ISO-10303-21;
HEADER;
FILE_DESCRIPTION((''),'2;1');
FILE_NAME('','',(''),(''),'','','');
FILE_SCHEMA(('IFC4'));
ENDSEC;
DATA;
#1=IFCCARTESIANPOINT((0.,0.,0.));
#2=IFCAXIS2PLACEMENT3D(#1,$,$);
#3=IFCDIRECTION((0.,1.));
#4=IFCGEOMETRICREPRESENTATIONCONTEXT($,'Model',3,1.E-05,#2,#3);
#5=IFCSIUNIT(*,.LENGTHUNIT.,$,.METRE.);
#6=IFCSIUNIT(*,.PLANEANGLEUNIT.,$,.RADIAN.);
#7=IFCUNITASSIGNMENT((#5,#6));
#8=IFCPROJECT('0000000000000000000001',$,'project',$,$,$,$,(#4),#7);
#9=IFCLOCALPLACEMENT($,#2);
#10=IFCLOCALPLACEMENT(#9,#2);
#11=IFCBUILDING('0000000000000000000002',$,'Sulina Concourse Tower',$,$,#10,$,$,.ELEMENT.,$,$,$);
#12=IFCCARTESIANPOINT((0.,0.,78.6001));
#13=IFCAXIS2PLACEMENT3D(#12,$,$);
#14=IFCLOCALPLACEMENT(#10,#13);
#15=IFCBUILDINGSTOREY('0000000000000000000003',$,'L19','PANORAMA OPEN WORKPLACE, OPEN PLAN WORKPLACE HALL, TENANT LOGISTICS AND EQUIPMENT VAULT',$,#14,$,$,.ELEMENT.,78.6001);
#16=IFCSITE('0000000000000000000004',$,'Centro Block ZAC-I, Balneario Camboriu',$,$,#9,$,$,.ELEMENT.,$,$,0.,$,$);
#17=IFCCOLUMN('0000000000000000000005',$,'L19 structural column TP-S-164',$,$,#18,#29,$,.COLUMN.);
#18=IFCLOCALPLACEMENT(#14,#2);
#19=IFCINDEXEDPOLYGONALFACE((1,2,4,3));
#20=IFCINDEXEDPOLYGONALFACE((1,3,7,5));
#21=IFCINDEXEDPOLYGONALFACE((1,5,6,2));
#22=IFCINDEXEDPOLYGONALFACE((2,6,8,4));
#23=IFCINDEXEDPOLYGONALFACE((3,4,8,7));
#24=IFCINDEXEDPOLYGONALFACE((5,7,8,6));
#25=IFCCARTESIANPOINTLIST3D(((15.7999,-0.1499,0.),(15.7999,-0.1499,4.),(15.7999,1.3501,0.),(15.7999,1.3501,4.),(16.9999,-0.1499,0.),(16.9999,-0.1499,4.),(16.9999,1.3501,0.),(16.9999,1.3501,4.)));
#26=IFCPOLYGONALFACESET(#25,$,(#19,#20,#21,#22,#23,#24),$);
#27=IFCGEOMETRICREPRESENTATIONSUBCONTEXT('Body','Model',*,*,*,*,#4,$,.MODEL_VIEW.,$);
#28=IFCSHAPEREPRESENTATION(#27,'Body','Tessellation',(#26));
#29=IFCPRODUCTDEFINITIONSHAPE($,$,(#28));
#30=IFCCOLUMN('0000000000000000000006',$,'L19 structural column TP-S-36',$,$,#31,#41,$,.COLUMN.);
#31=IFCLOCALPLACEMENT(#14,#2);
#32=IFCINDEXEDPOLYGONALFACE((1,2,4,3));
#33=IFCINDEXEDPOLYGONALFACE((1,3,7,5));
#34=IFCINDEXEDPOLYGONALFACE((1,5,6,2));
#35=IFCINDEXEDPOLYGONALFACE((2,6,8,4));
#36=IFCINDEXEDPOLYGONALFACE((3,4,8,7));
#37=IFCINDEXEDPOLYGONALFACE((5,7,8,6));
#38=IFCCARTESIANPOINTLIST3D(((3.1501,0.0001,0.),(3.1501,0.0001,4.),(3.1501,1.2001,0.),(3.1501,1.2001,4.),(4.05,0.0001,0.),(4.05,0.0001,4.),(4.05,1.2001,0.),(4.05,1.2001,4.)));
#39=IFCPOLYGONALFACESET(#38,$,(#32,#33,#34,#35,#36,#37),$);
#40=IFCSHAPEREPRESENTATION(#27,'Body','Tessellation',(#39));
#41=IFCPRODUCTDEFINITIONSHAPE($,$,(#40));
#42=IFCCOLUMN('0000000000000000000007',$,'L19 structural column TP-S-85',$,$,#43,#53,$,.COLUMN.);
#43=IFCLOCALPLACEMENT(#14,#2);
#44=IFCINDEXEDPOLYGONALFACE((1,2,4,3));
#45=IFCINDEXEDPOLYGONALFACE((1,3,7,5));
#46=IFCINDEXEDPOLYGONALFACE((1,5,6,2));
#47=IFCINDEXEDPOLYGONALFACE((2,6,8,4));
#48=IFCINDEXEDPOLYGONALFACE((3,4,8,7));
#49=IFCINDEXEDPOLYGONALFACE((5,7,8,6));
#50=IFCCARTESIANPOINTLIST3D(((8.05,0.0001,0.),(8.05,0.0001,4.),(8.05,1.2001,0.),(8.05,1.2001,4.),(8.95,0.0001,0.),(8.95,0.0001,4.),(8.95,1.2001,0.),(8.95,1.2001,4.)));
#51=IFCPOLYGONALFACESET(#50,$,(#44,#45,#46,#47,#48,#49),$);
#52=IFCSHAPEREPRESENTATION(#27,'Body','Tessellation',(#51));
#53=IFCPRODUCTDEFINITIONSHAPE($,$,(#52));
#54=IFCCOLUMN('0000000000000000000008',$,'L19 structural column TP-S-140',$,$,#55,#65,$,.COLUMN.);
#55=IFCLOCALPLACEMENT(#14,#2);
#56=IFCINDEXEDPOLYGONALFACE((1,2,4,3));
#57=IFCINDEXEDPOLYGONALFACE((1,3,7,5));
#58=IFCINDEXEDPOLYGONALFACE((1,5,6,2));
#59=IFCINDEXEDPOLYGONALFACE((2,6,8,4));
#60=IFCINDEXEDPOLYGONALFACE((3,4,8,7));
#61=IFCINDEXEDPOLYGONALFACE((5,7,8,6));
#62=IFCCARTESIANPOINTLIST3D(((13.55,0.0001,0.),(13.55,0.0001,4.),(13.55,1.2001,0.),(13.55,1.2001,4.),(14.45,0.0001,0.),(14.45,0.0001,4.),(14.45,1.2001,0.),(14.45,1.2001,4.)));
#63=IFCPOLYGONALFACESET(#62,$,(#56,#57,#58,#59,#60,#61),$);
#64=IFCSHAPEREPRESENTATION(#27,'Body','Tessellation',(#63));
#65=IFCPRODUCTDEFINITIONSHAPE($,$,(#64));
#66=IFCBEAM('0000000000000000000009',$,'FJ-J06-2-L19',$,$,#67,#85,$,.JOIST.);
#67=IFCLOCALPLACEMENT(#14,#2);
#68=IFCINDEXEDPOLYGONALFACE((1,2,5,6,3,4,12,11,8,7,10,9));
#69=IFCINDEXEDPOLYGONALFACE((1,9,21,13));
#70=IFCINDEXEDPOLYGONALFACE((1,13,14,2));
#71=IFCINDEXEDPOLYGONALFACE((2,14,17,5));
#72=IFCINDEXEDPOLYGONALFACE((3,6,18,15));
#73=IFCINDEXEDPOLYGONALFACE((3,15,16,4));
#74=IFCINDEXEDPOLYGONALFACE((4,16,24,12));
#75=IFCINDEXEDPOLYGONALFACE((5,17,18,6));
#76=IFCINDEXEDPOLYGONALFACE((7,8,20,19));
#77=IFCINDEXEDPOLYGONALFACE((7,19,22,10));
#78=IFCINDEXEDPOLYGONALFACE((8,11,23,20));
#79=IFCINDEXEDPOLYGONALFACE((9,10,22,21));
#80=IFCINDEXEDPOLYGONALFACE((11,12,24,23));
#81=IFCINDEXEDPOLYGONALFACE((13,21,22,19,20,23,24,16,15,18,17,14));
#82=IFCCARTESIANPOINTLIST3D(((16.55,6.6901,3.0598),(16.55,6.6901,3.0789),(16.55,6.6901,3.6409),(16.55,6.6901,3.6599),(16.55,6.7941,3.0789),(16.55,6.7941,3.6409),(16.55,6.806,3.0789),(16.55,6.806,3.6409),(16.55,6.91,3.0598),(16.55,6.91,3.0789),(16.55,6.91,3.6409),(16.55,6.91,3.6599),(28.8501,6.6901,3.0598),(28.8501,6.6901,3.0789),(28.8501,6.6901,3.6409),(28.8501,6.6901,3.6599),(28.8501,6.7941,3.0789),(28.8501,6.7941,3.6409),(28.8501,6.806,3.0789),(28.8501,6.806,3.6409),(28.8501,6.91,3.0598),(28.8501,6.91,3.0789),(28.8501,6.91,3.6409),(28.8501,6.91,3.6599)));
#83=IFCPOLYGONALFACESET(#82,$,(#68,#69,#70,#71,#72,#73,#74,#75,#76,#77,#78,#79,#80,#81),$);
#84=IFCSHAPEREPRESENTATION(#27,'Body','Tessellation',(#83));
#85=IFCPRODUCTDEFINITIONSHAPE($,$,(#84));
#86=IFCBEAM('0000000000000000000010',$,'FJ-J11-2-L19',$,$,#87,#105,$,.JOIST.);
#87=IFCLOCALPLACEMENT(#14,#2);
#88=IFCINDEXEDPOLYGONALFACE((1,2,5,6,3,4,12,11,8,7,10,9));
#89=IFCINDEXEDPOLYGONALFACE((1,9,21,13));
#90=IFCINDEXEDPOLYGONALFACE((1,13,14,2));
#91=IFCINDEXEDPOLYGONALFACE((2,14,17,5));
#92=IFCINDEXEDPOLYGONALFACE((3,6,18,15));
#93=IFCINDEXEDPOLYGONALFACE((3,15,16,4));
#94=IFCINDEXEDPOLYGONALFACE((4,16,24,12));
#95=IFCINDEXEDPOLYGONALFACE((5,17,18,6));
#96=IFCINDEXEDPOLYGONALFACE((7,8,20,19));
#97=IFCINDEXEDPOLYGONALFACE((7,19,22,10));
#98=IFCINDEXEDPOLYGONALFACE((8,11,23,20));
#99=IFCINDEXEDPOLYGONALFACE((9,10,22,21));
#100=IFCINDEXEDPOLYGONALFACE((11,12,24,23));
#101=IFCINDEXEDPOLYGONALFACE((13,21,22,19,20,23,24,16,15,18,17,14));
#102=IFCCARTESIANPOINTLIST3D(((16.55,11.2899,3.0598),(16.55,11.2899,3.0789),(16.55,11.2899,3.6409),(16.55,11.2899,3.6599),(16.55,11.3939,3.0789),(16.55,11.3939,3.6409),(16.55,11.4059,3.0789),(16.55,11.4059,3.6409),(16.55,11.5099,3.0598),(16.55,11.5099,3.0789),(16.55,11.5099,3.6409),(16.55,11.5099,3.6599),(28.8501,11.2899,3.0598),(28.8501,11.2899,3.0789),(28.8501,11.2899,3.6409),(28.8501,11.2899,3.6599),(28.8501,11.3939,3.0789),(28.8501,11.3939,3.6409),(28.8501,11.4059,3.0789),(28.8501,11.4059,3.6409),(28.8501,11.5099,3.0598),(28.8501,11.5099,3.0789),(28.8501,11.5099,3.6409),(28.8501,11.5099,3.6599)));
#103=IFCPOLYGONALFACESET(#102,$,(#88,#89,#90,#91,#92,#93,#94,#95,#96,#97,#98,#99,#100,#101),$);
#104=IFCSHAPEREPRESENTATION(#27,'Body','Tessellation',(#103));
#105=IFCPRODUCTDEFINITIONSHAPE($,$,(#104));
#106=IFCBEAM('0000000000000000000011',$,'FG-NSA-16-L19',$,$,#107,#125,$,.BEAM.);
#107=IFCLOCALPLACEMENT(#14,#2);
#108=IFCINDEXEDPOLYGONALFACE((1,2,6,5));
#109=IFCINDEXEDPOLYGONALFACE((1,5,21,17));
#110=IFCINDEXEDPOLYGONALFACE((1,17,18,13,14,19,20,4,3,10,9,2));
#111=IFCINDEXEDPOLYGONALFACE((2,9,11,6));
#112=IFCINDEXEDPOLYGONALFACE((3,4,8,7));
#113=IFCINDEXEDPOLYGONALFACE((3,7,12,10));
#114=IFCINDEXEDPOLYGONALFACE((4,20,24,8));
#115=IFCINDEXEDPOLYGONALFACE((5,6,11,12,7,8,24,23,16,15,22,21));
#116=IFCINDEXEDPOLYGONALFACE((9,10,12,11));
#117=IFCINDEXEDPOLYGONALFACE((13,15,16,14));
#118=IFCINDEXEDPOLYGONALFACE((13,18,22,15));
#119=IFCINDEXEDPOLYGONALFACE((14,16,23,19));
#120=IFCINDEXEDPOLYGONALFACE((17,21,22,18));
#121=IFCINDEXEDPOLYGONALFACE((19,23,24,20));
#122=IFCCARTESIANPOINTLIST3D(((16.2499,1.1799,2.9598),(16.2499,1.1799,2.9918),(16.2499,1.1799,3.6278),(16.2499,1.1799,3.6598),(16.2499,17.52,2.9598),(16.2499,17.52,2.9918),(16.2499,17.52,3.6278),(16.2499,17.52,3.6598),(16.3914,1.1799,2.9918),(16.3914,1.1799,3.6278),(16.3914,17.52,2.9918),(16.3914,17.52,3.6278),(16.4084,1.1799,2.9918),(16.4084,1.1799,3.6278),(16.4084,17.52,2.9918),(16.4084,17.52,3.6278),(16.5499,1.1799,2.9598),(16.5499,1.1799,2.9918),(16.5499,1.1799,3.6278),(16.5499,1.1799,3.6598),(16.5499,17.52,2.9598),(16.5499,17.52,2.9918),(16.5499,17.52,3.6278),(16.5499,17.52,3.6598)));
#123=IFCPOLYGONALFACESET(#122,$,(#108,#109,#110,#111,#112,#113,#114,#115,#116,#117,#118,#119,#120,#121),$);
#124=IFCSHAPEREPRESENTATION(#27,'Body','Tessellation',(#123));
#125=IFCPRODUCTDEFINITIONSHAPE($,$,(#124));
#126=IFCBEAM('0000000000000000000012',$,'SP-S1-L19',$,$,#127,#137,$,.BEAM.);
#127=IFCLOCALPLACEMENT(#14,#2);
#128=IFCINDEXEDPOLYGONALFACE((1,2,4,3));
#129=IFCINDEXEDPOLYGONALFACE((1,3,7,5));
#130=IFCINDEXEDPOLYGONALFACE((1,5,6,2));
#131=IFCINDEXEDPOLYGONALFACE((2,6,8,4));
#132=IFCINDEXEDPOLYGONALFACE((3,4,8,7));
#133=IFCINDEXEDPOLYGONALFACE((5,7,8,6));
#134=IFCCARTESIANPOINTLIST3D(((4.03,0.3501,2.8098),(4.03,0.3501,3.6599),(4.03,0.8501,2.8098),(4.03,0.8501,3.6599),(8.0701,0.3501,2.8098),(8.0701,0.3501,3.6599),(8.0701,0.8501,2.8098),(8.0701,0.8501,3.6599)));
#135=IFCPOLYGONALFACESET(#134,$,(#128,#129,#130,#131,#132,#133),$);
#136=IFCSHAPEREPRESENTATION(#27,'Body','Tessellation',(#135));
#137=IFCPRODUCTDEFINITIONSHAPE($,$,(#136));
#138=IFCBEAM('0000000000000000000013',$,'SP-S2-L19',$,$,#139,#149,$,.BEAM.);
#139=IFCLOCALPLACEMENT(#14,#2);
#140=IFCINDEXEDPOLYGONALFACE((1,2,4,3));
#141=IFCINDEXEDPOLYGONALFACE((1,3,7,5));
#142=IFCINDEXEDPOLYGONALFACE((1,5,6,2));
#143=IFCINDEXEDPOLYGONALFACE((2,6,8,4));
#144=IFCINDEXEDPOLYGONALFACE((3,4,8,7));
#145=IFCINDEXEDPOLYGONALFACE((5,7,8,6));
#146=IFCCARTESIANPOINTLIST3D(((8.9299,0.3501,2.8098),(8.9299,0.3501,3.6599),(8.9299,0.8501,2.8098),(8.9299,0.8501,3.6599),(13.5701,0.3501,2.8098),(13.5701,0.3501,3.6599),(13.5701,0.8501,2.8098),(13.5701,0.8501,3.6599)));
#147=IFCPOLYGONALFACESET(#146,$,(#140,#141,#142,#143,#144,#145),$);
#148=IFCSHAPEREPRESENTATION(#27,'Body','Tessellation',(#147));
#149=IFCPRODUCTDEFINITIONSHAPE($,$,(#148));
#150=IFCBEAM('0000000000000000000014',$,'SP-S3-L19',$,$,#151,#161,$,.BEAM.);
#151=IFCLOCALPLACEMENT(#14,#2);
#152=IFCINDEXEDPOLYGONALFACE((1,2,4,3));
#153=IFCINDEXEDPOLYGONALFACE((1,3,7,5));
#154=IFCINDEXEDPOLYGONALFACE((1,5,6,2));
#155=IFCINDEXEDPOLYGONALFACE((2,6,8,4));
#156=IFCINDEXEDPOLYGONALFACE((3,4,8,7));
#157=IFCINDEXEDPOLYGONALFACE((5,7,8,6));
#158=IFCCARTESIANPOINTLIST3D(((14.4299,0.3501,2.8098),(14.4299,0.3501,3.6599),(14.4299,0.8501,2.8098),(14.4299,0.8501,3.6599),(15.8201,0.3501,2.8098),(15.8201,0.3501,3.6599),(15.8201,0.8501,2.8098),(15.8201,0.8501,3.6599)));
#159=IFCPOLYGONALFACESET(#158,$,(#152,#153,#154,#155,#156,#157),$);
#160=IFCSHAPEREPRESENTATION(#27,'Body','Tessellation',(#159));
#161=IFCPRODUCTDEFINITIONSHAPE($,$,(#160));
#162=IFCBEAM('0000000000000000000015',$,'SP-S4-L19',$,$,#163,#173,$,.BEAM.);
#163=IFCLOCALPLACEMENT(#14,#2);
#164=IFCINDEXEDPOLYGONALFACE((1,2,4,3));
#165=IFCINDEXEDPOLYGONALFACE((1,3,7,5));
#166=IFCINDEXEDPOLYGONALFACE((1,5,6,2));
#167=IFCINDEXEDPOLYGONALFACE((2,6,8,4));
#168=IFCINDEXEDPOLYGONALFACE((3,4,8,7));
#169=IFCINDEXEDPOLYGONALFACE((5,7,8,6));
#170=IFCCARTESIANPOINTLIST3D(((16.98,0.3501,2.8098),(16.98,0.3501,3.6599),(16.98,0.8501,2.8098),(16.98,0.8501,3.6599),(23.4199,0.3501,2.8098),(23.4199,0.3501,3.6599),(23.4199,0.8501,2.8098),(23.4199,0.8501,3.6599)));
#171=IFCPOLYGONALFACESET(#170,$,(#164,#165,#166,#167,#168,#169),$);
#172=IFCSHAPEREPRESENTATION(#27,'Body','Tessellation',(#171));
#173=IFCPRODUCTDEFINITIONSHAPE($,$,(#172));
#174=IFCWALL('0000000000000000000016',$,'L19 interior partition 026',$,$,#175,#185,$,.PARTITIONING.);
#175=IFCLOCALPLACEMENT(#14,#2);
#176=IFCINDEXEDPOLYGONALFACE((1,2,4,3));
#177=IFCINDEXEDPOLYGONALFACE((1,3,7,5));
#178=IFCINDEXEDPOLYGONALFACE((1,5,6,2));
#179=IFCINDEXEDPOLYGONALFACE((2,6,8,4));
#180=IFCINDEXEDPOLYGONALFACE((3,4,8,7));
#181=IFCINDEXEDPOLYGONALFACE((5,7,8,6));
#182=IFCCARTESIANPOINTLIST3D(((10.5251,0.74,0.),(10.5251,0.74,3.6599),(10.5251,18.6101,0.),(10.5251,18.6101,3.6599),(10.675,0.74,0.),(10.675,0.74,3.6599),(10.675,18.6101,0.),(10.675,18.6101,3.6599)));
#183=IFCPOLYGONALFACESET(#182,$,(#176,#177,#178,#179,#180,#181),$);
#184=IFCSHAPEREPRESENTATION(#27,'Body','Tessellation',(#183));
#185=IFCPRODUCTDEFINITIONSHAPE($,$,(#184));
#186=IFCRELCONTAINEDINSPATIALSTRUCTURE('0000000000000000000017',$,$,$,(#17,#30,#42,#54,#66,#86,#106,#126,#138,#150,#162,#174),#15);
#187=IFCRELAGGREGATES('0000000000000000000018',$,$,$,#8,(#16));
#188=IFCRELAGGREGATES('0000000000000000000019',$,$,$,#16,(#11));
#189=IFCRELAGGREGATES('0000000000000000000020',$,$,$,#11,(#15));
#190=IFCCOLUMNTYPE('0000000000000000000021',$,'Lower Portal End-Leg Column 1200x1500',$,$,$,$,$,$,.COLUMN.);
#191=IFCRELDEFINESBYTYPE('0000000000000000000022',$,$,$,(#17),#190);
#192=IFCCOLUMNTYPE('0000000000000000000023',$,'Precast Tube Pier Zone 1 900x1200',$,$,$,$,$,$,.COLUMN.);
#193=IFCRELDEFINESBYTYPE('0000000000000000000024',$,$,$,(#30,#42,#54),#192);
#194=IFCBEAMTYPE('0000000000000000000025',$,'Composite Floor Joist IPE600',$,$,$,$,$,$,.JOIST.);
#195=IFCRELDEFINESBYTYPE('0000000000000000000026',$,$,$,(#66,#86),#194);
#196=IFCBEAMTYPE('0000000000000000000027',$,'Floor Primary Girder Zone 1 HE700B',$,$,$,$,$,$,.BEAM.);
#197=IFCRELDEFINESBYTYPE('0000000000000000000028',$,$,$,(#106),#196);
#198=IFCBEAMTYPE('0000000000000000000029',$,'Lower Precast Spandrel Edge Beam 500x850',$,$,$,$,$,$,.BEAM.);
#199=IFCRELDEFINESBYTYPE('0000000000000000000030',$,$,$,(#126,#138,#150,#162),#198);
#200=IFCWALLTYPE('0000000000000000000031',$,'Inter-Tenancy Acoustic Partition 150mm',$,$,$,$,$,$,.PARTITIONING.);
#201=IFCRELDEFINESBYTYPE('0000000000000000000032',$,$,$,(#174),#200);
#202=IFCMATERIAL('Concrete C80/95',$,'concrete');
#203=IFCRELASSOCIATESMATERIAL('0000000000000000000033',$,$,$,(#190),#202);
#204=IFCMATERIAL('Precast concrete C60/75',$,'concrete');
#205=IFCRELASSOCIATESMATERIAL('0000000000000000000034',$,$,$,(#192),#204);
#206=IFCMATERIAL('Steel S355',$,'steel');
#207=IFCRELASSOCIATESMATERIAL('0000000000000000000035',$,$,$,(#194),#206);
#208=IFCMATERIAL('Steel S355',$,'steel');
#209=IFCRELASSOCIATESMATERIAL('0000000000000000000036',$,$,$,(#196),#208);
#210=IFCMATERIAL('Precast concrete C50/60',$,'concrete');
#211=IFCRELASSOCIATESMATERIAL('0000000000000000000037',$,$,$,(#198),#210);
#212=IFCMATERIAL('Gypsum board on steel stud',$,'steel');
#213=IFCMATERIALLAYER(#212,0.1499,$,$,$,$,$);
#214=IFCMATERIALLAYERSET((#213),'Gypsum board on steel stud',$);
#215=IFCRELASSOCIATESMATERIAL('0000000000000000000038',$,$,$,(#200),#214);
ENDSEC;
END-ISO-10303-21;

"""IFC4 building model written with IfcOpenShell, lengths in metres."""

from ifc_helpers import new_model, si_unit, direction, frame, frame_2d, origin, origin_2d, place, context, subcontext, project, spatial, rectangle, i_section, extrude, material, layer, layer_set, material_profile, profile_set, type_object, element, save


model = new_model("IFC4")

# Units and contexts
model_context = context("Model", 3, precision=1e-05, world=origin(), true_north=direction((0.0, 1.0)))
body_context = subcontext(model_context, "Body", "Model", "MODEL_VIEW")
ifc_project = project(units=[si_unit("LENGTHUNIT", "METRE"), si_unit("PLANEANGLEUNIT", "RADIAN")], contexts=[model_context])

# Site, building, storey
site_placement = place(None, origin())
site = spatial("IfcSite", under=ifc_project, at=site_placement, Name="Centro Block ZAC-I, Balneario Camboriu", CompositionType="ELEMENT", RefElevation=0.0)
building_placement = place(site_placement, origin())
building = spatial("IfcBuilding", under=site, at=building_placement, Name="Sulina Concourse Tower", CompositionType="ELEMENT")
storey_placement = place(building_placement, frame((0.0, 0.0, 78.6001)))
storey = spatial("IfcBuildingStorey", under=building, at=storey_placement, Name="L19", Description="PANORAMA OPEN WORKPLACE, OPEN PLAN WORKPLACE HALL, TENANT LOGISTICS AND EQUIPMENT VAULT", CompositionType="ELEMENT", Elevation=78.6001)

# Columns
ifc_material_1 = material(Name="Concrete C80/95", Category="concrete")
ifc_material_profile_1 = material_profile(ifc_material_1, rectangle(XDim=1.2, YDim=1.5, at=origin_2d()), Name="RC 1200x1500")
ifc_profile_set_1 = profile_set([ifc_material_profile_1], Name="Concrete C80/95")
column_type_1 = type_object("IfcColumnType", Name="Lower Portal End-Leg Column 1200x1500", PredefinedType="COLUMN", material=ifc_profile_set_1)
column_placement = place(storey_placement, frame((16.3999, 0.6001, 0.0), z_axis=(0.0, 0.0, 1.0), x_axis=(1.0, 0.0, 0.0)))
element("IfcColumn", 1, at=column_placement, inside=storey, type_object=column_type_1, Name="L19 structural column TP-S-164", PredefinedType="COLUMN", context=body_context, shape_type="SweptSolid", body=[
    extrude(rectangle(XDim=1.2, YDim=1.5, at=origin_2d()), origin(), (0.0, 0.0, 1.0), 4.0),
])
ifc_material_2 = material(Name="Precast concrete C60/75", Category="concrete")
ifc_material_profile_2 = material_profile(ifc_material_2, rectangle(XDim=0.8999, YDim=1.2, at=origin_2d()), Name="PC 900x1200")
ifc_profile_set_2 = profile_set([ifc_material_profile_2], Name="Precast concrete C60/75")
column_type_2 = type_object("IfcColumnType", Name="Precast Tube Pier Zone 1 900x1200", PredefinedType="COLUMN", material=ifc_profile_set_2)
for number, where, z_axis, x_axis, name in (
    (2, (3.6001, 0.6001, 0.0), (0.0, 0.0, 1.0), (1.0, 0.0, 0.0), "L19 structural column TP-S-36"),
    (3, (8.5, 0.6001, 0.0), (0.0, 0.0, 1.0), (1.0, 0.0, 0.0), "L19 structural column TP-S-85"),
    (4, (14.0, 0.6001, 0.0), (0.0, 0.0, 1.0), (1.0, 0.0, 0.0), "L19 structural column TP-S-140"),
):
    element("IfcColumn", number, at=place(storey_placement, frame(where, z_axis=z_axis, x_axis=x_axis)), inside=storey, type_object=column_type_2, Name=name, PredefinedType="COLUMN", context=body_context, shape_type="SweptSolid", body=[
        extrude(rectangle(XDim=0.8999, YDim=1.2, at=origin_2d()), origin(), (0.0, 0.0, 1.0), 4.0),
    ])

# Beams
ifc_material_3 = material(Name="Steel S355", Category="steel")
ifc_material_profile_3 = material_profile(ifc_material_3, i_section(OverallWidth=0.22, OverallDepth=0.6001, WebThickness=0.012, FlangeThickness=0.019, at=origin_2d()), Name="IPE 600")
ifc_profile_set_3 = profile_set([ifc_material_profile_3], Name="Steel S355")
beam_type_1 = type_object("IfcBeamType", Name="Composite Floor Joist IPE600", PredefinedType="JOIST", material=ifc_profile_set_3)
for number, where, z_axis, x_axis, name in (
    (5, (16.55, 6.8, 3.3599), (1.0, 0.0, 0.0), (0.0, 1.0, 0.0), "FJ-J06-2-L19"),
    (6, (16.55, 11.3999, 3.3599), (1.0, 0.0, 0.0), (0.0, 1.0, 0.0), "FJ-J11-2-L19"),
):
    element("IfcBeam", number, at=place(storey_placement, frame(where, z_axis=z_axis, x_axis=x_axis)), inside=storey, type_object=beam_type_1, Name=name, PredefinedType="JOIST", context=body_context, shape_type="SweptSolid", body=[
        extrude(i_section(OverallWidth=0.22, OverallDepth=0.6001, WebThickness=0.012, FlangeThickness=0.019, at=origin_2d()), origin(), (0.0, 0.0, 1.0), 12.3),
    ])
ifc_material_4 = material(Name="Steel S355", Category="steel")
ifc_material_profile_4 = material_profile(ifc_material_4, i_section(OverallWidth=0.3, OverallDepth=0.7, WebThickness=0.0171, FlangeThickness=0.032, at=origin_2d()), Name="HE 700 B")
ifc_profile_set_4 = profile_set([ifc_material_profile_4], Name="Steel S355")
beam_type_2 = type_object("IfcBeamType", Name="Floor Primary Girder Zone 1 HE700B", PredefinedType="BEAM", material=ifc_profile_set_4)
beam_1_placement = place(storey_placement, frame((16.3999, 1.1799, 3.3098), z_axis=(0.0, 1.0, 0.0), x_axis=(-1.0, 0.0, 0.0)))
element("IfcBeam", 7, at=beam_1_placement, inside=storey, type_object=beam_type_2, Name="FG-NSA-16-L19", PredefinedType="BEAM", context=body_context, shape_type="SweptSolid", body=[
    extrude(i_section(OverallWidth=0.3, OverallDepth=0.7, WebThickness=0.0171, FlangeThickness=0.032, at=origin_2d()), origin(), (0.0, 0.0, 1.0), 16.3401),
])
ifc_material_5 = material(Name="Precast concrete C50/60", Category="concrete")
ifc_material_profile_5 = material_profile(ifc_material_5, rectangle(XDim=0.5, YDim=0.8501, at=origin_2d()), Name="RC 500x850")
ifc_profile_set_5 = profile_set([ifc_material_profile_5], Name="Precast concrete C50/60")
beam_type_3 = type_object("IfcBeamType", Name="Lower Precast Spandrel Edge Beam 500x850", PredefinedType="BEAM", material=ifc_profile_set_5)
beam_2_placement = place(storey_placement, frame((4.03, 0.6001, 3.2349), z_axis=(1.0, 0.0, 0.0), x_axis=(0.0, 1.0, 0.0)))
element("IfcBeam", 8, at=beam_2_placement, inside=storey, type_object=beam_type_3, Name="SP-S1-L19", PredefinedType="BEAM", context=body_context, shape_type="SweptSolid", body=[
    extrude(rectangle(XDim=0.5, YDim=0.8501, at=origin_2d()), origin(), (0.0, 0.0, 1.0), 4.04),
])
beam_3_placement = place(storey_placement, frame((8.9299, 0.6001, 3.2349), z_axis=(1.0, 0.0, 0.0), x_axis=(0.0, 1.0, 0.0)))
element("IfcBeam", 9, at=beam_3_placement, inside=storey, type_object=beam_type_3, Name="SP-S2-L19", PredefinedType="BEAM", context=body_context, shape_type="SweptSolid", body=[
    extrude(rectangle(XDim=0.5, YDim=0.8501, at=origin_2d()), origin(), (0.0, 0.0, 1.0), 4.6401),
])
beam_4_placement = place(storey_placement, frame((14.4299, 0.6001, 3.2349), z_axis=(1.0, 0.0, 0.0), x_axis=(0.0, 1.0, 0.0)))
element("IfcBeam", 10, at=beam_4_placement, inside=storey, type_object=beam_type_3, Name="SP-S3-L19", PredefinedType="BEAM", context=body_context, shape_type="SweptSolid", body=[
    extrude(rectangle(XDim=0.5, YDim=0.8501, at=origin_2d()), origin(), (0.0, 0.0, 1.0), 1.3901),
])
beam_5_placement = place(storey_placement, frame((16.98, 0.6001, 3.2349), z_axis=(1.0, 0.0, 0.0), x_axis=(0.0, 1.0, 0.0)))
element("IfcBeam", 11, at=beam_5_placement, inside=storey, type_object=beam_type_3, Name="SP-S4-L19", PredefinedType="BEAM", context=body_context, shape_type="SweptSolid", body=[
    extrude(rectangle(XDim=0.5, YDim=0.8501, at=origin_2d()), origin(), (0.0, 0.0, 1.0), 6.4399),
])

# Wall
ifc_material_6 = material(Name="Gypsum board on steel stud", Category="steel")
ifc_layer_1 = layer(ifc_material_6, 0.1499)
ifc_layer_set_1 = layer_set([ifc_layer_1], Name="Gypsum board on steel stud")
wall_type_1 = type_object("IfcWallType", Name="Inter-Tenancy Acoustic Partition 150mm", PredefinedType="PARTITIONING", material=ifc_layer_set_1)
wall_1_placement = place(storey_placement, frame((10.6001, 0.74, 0.0), z_axis=(0.0, 0.0, 1.0), x_axis=(0.0, 1.0, 0.0)))
element("IfcWall", 12, at=wall_1_placement, inside=storey, type_object=wall_type_1, Name="L19 interior partition 026", PredefinedType="PARTITIONING", context=body_context, shape_type="SweptSolid", body=[
    extrude(rectangle(XDim=17.8701, YDim=0.1499, at=frame_2d((8.9351, 0.0))), origin(), (0.0, 0.0, 1.0), 3.6599),
])

save(model, "model.ifc")
